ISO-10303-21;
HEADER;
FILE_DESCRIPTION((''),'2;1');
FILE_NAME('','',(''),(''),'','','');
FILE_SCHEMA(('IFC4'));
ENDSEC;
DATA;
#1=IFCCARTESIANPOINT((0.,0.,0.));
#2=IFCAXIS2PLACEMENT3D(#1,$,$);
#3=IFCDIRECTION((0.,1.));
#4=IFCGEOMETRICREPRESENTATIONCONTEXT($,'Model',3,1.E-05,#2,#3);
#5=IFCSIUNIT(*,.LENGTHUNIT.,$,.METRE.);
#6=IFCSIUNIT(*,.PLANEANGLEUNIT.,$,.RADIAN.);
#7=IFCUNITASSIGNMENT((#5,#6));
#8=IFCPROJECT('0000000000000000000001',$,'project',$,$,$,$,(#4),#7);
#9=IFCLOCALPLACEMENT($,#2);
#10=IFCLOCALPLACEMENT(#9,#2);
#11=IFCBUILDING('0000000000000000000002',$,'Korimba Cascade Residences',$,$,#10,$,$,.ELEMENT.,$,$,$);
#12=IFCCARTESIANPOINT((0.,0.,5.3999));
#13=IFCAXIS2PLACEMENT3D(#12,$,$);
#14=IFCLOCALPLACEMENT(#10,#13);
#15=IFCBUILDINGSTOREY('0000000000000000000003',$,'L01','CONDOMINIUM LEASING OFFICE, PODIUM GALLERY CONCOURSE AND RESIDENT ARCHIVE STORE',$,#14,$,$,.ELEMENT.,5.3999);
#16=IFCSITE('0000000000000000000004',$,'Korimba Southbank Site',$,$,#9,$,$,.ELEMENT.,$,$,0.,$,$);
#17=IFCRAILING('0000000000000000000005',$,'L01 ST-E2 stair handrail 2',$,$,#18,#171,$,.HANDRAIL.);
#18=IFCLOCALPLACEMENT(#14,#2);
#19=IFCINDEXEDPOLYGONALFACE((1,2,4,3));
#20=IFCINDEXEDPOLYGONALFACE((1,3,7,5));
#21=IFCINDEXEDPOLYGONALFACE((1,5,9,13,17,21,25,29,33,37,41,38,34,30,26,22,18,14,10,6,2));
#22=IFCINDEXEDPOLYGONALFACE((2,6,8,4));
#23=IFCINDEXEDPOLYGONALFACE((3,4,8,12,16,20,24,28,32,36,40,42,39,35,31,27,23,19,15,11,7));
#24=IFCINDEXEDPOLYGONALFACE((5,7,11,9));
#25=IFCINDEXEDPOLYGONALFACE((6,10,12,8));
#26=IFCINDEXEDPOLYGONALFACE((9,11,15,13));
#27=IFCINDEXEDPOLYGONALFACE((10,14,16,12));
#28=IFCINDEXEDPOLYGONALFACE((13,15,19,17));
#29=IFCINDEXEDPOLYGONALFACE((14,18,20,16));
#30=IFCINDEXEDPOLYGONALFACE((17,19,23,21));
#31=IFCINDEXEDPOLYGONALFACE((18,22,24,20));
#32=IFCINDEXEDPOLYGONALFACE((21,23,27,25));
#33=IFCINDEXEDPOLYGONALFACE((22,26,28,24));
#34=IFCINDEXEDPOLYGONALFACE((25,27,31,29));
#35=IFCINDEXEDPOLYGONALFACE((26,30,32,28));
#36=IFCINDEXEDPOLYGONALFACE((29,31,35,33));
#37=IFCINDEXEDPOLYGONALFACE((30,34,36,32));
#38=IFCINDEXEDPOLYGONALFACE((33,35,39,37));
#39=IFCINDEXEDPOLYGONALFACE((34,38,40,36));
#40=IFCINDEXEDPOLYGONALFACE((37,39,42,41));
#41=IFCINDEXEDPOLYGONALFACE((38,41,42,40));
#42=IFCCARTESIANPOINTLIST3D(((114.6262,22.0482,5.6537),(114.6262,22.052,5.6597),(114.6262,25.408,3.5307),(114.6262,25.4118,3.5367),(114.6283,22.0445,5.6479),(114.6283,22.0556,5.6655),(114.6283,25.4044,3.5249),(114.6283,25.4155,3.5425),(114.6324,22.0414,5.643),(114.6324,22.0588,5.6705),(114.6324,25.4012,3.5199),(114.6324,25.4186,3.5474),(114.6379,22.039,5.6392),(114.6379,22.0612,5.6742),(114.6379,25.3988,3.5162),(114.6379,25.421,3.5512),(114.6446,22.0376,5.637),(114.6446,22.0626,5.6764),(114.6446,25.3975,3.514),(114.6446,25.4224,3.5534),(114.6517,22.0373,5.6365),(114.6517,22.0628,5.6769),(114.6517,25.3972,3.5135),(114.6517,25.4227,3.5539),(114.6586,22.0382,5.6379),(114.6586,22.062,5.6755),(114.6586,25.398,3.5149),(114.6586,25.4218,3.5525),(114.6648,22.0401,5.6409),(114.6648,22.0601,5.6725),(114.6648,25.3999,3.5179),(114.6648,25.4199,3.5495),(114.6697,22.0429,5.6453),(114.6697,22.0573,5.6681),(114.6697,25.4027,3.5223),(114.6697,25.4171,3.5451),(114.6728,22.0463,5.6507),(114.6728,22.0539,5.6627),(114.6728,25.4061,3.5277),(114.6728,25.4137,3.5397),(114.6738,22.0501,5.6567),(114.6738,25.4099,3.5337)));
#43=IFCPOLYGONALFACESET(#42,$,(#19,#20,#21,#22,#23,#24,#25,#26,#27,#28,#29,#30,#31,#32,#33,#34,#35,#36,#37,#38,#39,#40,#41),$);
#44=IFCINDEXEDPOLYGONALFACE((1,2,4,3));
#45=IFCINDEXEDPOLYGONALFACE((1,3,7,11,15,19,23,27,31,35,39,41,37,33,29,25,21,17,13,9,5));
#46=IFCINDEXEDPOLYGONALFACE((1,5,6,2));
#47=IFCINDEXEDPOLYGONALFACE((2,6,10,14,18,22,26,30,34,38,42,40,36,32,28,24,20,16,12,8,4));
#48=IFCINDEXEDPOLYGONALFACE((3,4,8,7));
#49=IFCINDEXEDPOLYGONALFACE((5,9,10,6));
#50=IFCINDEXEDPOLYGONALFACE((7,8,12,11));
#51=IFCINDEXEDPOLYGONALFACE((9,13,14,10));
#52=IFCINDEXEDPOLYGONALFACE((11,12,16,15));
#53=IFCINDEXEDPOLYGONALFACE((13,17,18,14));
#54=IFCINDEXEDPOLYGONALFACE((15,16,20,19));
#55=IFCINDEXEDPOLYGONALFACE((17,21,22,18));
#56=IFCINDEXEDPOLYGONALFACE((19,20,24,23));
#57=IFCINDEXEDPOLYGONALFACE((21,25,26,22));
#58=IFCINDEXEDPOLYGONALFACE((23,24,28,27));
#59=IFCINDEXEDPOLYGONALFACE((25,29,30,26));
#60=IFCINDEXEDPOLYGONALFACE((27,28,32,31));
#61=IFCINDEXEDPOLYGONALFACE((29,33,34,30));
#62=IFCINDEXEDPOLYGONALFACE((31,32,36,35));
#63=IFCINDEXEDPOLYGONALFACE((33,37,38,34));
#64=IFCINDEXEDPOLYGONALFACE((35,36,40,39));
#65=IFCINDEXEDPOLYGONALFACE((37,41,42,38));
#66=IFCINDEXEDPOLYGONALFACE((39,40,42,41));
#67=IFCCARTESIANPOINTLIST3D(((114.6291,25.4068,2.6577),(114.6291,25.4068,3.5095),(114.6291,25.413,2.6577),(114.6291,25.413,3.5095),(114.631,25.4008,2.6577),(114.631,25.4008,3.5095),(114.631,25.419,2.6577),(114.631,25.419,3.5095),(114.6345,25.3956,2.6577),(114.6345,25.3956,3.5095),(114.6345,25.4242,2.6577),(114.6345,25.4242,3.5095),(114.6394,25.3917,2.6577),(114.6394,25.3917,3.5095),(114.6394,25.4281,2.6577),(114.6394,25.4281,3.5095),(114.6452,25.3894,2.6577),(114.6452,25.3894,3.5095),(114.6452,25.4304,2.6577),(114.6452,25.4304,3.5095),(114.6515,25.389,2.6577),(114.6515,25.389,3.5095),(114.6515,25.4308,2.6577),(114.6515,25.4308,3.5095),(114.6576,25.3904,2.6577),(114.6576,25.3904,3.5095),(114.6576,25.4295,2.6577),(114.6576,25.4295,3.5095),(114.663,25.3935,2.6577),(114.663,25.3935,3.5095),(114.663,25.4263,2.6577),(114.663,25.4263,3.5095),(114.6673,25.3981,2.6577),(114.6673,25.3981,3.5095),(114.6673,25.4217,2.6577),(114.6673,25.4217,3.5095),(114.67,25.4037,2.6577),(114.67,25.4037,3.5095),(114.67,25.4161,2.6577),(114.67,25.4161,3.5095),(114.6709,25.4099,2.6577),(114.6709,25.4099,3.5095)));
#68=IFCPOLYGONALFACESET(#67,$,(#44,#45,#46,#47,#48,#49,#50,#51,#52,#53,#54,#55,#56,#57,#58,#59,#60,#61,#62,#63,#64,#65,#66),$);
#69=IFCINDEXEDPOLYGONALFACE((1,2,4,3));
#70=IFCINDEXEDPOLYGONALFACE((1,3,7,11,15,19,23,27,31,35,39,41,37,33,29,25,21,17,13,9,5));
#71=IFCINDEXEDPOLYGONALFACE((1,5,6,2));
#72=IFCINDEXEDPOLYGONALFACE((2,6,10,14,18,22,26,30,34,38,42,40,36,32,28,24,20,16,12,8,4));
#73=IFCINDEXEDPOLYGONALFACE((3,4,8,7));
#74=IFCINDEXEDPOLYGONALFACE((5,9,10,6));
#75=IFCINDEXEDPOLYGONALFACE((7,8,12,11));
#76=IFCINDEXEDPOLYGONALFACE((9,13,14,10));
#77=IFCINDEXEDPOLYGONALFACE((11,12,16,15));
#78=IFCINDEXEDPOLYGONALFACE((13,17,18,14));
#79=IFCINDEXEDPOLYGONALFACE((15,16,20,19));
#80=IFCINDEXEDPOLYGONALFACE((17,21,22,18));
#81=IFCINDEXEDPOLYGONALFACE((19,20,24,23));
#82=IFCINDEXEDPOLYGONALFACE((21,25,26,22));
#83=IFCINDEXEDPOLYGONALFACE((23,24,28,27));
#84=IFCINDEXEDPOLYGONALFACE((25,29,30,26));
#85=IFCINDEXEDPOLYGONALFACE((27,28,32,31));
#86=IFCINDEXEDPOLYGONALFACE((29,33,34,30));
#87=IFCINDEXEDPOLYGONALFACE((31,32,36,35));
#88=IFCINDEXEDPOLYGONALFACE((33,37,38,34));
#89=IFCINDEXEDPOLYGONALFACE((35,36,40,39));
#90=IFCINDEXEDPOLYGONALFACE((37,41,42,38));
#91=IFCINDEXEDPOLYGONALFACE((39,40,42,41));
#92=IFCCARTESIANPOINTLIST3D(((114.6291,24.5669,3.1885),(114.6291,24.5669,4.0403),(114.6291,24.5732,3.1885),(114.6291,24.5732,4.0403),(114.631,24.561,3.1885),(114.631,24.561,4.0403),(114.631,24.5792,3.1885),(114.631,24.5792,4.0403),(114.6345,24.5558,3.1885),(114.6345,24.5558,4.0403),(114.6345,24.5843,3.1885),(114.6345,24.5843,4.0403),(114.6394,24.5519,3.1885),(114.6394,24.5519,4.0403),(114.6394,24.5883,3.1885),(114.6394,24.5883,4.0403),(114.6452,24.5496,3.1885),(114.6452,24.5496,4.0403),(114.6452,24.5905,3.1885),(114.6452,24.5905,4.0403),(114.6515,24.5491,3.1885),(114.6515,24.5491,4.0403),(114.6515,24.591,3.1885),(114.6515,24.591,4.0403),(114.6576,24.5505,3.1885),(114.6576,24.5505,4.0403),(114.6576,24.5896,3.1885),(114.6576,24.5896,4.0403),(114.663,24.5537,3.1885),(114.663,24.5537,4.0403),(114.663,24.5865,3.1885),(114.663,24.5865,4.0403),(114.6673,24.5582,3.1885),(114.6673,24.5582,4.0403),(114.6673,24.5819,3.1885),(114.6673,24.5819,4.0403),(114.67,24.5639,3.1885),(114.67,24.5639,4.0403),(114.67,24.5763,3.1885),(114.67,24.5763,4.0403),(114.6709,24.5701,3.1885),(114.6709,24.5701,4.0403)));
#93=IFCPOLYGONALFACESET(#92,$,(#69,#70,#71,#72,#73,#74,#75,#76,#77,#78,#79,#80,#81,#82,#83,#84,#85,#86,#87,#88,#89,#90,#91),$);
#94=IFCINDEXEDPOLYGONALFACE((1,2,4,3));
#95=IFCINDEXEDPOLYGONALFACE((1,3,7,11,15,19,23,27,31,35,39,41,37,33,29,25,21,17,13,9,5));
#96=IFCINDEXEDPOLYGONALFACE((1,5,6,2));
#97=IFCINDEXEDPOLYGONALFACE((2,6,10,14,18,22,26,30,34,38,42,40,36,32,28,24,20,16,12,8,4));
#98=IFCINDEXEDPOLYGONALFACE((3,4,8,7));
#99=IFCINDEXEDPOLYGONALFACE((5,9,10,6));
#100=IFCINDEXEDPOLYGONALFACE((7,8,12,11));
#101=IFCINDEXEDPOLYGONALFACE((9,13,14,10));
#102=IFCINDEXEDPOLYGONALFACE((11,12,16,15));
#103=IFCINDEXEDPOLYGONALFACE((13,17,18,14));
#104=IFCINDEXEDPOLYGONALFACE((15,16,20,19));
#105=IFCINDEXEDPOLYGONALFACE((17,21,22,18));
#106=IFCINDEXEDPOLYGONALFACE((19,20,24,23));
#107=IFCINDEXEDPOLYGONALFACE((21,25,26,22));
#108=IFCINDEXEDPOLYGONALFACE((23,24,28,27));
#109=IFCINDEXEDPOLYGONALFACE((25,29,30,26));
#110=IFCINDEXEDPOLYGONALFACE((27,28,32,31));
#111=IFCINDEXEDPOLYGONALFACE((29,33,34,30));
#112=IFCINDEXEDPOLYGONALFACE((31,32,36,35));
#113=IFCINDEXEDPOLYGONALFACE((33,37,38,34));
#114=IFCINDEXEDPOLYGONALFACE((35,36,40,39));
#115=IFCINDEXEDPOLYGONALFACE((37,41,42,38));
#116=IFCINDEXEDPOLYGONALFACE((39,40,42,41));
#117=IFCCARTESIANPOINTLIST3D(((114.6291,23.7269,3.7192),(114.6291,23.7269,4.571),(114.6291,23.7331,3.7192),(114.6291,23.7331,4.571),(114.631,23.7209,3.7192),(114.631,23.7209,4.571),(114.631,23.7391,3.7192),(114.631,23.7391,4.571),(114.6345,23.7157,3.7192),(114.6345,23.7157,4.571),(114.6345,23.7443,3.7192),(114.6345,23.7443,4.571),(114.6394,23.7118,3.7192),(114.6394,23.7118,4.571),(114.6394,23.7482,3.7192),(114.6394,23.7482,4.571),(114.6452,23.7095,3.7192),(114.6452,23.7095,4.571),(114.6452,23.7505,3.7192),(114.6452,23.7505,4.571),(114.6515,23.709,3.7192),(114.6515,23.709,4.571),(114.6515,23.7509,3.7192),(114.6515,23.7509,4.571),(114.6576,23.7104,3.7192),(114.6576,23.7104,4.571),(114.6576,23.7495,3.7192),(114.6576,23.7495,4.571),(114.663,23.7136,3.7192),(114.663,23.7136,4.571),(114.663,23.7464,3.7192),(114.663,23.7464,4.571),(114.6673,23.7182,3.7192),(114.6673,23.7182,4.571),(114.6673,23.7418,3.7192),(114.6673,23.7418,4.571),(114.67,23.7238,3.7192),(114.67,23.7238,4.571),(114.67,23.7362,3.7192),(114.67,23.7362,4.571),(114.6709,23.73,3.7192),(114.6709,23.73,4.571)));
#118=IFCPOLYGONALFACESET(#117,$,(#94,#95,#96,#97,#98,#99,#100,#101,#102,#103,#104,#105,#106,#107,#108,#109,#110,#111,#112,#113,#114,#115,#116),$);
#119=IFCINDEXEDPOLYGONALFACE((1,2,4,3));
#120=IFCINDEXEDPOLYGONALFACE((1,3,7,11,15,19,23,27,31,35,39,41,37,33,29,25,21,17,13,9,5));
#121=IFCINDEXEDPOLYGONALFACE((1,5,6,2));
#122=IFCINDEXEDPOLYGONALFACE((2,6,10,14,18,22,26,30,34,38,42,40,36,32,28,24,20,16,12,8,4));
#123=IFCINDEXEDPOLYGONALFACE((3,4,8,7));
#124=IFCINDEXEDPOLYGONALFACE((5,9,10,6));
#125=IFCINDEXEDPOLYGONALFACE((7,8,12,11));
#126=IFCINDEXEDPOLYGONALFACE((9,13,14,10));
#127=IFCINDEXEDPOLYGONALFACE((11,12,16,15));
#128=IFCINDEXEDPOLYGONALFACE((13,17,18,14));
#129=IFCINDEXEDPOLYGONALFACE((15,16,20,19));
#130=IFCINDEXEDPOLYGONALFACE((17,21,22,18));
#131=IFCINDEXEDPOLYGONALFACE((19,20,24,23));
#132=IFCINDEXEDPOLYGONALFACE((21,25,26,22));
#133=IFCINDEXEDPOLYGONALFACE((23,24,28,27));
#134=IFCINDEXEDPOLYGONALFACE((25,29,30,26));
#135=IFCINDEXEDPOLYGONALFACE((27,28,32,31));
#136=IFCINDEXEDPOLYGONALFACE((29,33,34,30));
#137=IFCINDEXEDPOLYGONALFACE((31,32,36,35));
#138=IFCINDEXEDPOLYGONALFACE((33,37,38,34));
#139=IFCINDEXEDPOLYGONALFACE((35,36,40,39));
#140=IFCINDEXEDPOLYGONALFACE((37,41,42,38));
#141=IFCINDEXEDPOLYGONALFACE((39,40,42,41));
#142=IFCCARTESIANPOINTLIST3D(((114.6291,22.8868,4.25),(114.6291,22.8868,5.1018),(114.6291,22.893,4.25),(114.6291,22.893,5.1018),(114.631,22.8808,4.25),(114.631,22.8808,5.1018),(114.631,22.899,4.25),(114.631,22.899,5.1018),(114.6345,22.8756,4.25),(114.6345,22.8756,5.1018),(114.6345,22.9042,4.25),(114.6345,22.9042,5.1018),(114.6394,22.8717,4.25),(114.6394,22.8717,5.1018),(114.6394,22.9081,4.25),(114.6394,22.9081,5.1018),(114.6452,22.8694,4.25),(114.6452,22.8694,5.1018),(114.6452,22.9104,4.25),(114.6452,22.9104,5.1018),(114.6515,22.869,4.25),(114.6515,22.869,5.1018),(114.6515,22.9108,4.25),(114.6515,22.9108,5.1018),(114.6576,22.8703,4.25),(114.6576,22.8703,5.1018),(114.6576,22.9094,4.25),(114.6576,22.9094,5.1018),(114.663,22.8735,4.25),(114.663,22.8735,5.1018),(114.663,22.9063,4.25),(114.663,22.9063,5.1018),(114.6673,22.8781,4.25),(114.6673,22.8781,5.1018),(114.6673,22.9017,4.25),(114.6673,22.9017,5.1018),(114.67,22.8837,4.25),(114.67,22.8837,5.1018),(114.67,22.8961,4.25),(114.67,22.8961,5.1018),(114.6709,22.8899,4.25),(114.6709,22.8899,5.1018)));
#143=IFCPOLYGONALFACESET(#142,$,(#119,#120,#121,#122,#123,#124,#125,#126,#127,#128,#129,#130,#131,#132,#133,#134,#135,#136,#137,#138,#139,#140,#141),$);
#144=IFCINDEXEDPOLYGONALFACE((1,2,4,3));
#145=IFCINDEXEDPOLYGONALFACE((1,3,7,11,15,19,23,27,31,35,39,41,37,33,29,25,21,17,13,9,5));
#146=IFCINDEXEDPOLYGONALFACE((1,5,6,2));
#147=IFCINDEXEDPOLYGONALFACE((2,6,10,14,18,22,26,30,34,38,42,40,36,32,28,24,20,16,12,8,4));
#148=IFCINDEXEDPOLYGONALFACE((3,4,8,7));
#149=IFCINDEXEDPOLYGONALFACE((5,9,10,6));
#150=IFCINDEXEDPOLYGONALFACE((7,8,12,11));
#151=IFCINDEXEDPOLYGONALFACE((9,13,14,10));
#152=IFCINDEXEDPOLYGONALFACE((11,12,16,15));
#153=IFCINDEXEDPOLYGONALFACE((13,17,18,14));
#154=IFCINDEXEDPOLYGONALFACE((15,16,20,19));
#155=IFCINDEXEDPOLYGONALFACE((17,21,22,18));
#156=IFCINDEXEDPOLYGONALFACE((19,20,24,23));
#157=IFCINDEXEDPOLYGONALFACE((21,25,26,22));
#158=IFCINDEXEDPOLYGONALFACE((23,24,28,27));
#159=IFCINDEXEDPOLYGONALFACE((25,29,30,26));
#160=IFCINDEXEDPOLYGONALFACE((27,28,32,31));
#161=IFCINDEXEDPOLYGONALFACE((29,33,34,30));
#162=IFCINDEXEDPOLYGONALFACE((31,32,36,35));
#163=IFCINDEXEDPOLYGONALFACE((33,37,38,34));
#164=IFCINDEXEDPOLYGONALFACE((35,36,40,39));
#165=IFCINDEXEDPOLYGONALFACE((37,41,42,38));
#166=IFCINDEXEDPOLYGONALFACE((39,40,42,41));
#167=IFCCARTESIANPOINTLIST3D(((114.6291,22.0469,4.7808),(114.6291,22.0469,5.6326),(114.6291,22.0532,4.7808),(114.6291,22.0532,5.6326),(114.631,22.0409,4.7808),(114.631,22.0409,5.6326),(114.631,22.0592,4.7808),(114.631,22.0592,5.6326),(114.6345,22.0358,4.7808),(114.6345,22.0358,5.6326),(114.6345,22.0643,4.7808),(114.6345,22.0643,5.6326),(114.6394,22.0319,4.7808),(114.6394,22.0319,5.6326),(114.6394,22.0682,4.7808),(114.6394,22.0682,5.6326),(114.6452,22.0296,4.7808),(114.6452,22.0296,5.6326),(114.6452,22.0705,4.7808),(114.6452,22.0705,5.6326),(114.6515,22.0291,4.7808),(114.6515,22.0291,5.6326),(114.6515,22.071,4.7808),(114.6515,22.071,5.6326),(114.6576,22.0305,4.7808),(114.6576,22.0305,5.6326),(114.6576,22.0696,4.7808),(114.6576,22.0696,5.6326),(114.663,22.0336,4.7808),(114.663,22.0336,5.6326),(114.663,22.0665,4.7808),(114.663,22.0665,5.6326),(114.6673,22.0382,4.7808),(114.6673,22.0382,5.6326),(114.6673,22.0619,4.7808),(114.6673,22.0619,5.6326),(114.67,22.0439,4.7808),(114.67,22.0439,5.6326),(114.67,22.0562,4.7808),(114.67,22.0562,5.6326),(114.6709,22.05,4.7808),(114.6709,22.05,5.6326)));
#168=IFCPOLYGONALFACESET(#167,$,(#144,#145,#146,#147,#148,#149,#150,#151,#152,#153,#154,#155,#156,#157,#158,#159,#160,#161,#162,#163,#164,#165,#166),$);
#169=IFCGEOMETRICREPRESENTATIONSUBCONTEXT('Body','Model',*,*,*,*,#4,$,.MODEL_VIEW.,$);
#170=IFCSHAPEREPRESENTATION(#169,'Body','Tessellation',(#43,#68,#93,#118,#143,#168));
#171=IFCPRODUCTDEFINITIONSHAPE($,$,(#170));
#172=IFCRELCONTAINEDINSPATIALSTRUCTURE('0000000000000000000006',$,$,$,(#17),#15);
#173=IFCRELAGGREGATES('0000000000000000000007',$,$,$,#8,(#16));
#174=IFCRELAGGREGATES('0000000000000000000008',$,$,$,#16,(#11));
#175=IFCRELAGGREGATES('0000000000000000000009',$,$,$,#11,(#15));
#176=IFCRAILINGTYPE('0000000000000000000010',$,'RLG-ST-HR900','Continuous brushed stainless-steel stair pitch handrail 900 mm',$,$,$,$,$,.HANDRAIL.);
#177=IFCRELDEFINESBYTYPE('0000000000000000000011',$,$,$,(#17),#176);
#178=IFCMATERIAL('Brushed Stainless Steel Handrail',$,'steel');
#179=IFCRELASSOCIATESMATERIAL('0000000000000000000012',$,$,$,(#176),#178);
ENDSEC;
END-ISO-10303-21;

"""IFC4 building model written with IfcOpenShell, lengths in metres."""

from ifc_helpers import new_model, si_unit, direction, frame, origin, origin_2d, place, context, subcontext, project, spatial, circle, extrude, material, type_object, element, save


model = new_model("IFC4")

# Units and contexts
model_context = context("Model", 3, precision=1e-05, world=origin(), true_north=direction((0.0, 1.0)))
body_context = subcontext(model_context, "Body", "Model", "MODEL_VIEW")
ifc_project = project(units=[si_unit("LENGTHUNIT", "METRE"), si_unit("PLANEANGLEUNIT", "RADIAN")], contexts=[model_context])

# Site, building, storey
site_placement = place(None, origin())
site = spatial("IfcSite", under=ifc_project, at=site_placement, Name="Korimba Southbank Site", CompositionType="ELEMENT", RefElevation=0.0)
building_placement = place(site_placement, origin())
building = spatial("IfcBuilding", under=site, at=building_placement, Name="Korimba Cascade Residences", CompositionType="ELEMENT")
storey_placement = place(building_placement, frame((0.0, 0.0, 5.3999)))
storey = spatial("IfcBuildingStorey", under=building, at=storey_placement, Name="L01", Description="CONDOMINIUM LEASING OFFICE, PODIUM GALLERY CONCOURSE AND RESIDENT ARCHIVE STORE", CompositionType="ELEMENT", Elevation=5.3999)

# Railing
ifc_material_1 = material(Name="Brushed Stainless Steel Handrail", Category="steel")
railing_type_1 = type_object("IfcRailingType", Name="RLG-ST-HR900", Description="Continuous brushed stainless-steel stair pitch handrail 900 mm", PredefinedType="HANDRAIL", material=ifc_material_1)
railing_1_placement = place(storey_placement, frame((114.6499, 25.4099, 2.6577)))
element("IfcRailing", 1, at=railing_1_placement, inside=storey, type_object=railing_type_1, Name="L01 ST-E2 stair handrail 2", PredefinedType="HANDRAIL", context=body_context, shape_type="SweptSolid", body=[
    extrude(circle(Radius=0.0239, at=origin_2d()), frame((0.0, 0.0, 0.876), z_axis=(0.0, -0.845372, 0.534178), x_axis=(1.0, 0.0, 0.0)), (0.0, 0.0, 1.0), 3.9744),
    extrude(circle(Radius=0.021, at=origin_2d()), origin(), (0.0, 0.0, 1.0), 0.8518),
    extrude(circle(Radius=0.021, at=origin_2d()), frame((0.0, -0.8398, 0.5308)), (0.0, 0.0, 1.0), 0.8518),
    extrude(circle(Radius=0.021, at=origin_2d()), frame((0.0, -1.6799, 1.0615)), (0.0, 0.0, 1.0), 0.8518),
    extrude(circle(Radius=0.021, at=origin_2d()), frame((0.0, -2.52, 1.5923)), (0.0, 0.0, 1.0), 0.8518),
    extrude(circle(Radius=0.021, at=origin_2d()), frame((0.0, -3.3599, 2.123)), (0.0, 0.0, 1.0), 0.8518),
])

save(model, "model.ifc")
